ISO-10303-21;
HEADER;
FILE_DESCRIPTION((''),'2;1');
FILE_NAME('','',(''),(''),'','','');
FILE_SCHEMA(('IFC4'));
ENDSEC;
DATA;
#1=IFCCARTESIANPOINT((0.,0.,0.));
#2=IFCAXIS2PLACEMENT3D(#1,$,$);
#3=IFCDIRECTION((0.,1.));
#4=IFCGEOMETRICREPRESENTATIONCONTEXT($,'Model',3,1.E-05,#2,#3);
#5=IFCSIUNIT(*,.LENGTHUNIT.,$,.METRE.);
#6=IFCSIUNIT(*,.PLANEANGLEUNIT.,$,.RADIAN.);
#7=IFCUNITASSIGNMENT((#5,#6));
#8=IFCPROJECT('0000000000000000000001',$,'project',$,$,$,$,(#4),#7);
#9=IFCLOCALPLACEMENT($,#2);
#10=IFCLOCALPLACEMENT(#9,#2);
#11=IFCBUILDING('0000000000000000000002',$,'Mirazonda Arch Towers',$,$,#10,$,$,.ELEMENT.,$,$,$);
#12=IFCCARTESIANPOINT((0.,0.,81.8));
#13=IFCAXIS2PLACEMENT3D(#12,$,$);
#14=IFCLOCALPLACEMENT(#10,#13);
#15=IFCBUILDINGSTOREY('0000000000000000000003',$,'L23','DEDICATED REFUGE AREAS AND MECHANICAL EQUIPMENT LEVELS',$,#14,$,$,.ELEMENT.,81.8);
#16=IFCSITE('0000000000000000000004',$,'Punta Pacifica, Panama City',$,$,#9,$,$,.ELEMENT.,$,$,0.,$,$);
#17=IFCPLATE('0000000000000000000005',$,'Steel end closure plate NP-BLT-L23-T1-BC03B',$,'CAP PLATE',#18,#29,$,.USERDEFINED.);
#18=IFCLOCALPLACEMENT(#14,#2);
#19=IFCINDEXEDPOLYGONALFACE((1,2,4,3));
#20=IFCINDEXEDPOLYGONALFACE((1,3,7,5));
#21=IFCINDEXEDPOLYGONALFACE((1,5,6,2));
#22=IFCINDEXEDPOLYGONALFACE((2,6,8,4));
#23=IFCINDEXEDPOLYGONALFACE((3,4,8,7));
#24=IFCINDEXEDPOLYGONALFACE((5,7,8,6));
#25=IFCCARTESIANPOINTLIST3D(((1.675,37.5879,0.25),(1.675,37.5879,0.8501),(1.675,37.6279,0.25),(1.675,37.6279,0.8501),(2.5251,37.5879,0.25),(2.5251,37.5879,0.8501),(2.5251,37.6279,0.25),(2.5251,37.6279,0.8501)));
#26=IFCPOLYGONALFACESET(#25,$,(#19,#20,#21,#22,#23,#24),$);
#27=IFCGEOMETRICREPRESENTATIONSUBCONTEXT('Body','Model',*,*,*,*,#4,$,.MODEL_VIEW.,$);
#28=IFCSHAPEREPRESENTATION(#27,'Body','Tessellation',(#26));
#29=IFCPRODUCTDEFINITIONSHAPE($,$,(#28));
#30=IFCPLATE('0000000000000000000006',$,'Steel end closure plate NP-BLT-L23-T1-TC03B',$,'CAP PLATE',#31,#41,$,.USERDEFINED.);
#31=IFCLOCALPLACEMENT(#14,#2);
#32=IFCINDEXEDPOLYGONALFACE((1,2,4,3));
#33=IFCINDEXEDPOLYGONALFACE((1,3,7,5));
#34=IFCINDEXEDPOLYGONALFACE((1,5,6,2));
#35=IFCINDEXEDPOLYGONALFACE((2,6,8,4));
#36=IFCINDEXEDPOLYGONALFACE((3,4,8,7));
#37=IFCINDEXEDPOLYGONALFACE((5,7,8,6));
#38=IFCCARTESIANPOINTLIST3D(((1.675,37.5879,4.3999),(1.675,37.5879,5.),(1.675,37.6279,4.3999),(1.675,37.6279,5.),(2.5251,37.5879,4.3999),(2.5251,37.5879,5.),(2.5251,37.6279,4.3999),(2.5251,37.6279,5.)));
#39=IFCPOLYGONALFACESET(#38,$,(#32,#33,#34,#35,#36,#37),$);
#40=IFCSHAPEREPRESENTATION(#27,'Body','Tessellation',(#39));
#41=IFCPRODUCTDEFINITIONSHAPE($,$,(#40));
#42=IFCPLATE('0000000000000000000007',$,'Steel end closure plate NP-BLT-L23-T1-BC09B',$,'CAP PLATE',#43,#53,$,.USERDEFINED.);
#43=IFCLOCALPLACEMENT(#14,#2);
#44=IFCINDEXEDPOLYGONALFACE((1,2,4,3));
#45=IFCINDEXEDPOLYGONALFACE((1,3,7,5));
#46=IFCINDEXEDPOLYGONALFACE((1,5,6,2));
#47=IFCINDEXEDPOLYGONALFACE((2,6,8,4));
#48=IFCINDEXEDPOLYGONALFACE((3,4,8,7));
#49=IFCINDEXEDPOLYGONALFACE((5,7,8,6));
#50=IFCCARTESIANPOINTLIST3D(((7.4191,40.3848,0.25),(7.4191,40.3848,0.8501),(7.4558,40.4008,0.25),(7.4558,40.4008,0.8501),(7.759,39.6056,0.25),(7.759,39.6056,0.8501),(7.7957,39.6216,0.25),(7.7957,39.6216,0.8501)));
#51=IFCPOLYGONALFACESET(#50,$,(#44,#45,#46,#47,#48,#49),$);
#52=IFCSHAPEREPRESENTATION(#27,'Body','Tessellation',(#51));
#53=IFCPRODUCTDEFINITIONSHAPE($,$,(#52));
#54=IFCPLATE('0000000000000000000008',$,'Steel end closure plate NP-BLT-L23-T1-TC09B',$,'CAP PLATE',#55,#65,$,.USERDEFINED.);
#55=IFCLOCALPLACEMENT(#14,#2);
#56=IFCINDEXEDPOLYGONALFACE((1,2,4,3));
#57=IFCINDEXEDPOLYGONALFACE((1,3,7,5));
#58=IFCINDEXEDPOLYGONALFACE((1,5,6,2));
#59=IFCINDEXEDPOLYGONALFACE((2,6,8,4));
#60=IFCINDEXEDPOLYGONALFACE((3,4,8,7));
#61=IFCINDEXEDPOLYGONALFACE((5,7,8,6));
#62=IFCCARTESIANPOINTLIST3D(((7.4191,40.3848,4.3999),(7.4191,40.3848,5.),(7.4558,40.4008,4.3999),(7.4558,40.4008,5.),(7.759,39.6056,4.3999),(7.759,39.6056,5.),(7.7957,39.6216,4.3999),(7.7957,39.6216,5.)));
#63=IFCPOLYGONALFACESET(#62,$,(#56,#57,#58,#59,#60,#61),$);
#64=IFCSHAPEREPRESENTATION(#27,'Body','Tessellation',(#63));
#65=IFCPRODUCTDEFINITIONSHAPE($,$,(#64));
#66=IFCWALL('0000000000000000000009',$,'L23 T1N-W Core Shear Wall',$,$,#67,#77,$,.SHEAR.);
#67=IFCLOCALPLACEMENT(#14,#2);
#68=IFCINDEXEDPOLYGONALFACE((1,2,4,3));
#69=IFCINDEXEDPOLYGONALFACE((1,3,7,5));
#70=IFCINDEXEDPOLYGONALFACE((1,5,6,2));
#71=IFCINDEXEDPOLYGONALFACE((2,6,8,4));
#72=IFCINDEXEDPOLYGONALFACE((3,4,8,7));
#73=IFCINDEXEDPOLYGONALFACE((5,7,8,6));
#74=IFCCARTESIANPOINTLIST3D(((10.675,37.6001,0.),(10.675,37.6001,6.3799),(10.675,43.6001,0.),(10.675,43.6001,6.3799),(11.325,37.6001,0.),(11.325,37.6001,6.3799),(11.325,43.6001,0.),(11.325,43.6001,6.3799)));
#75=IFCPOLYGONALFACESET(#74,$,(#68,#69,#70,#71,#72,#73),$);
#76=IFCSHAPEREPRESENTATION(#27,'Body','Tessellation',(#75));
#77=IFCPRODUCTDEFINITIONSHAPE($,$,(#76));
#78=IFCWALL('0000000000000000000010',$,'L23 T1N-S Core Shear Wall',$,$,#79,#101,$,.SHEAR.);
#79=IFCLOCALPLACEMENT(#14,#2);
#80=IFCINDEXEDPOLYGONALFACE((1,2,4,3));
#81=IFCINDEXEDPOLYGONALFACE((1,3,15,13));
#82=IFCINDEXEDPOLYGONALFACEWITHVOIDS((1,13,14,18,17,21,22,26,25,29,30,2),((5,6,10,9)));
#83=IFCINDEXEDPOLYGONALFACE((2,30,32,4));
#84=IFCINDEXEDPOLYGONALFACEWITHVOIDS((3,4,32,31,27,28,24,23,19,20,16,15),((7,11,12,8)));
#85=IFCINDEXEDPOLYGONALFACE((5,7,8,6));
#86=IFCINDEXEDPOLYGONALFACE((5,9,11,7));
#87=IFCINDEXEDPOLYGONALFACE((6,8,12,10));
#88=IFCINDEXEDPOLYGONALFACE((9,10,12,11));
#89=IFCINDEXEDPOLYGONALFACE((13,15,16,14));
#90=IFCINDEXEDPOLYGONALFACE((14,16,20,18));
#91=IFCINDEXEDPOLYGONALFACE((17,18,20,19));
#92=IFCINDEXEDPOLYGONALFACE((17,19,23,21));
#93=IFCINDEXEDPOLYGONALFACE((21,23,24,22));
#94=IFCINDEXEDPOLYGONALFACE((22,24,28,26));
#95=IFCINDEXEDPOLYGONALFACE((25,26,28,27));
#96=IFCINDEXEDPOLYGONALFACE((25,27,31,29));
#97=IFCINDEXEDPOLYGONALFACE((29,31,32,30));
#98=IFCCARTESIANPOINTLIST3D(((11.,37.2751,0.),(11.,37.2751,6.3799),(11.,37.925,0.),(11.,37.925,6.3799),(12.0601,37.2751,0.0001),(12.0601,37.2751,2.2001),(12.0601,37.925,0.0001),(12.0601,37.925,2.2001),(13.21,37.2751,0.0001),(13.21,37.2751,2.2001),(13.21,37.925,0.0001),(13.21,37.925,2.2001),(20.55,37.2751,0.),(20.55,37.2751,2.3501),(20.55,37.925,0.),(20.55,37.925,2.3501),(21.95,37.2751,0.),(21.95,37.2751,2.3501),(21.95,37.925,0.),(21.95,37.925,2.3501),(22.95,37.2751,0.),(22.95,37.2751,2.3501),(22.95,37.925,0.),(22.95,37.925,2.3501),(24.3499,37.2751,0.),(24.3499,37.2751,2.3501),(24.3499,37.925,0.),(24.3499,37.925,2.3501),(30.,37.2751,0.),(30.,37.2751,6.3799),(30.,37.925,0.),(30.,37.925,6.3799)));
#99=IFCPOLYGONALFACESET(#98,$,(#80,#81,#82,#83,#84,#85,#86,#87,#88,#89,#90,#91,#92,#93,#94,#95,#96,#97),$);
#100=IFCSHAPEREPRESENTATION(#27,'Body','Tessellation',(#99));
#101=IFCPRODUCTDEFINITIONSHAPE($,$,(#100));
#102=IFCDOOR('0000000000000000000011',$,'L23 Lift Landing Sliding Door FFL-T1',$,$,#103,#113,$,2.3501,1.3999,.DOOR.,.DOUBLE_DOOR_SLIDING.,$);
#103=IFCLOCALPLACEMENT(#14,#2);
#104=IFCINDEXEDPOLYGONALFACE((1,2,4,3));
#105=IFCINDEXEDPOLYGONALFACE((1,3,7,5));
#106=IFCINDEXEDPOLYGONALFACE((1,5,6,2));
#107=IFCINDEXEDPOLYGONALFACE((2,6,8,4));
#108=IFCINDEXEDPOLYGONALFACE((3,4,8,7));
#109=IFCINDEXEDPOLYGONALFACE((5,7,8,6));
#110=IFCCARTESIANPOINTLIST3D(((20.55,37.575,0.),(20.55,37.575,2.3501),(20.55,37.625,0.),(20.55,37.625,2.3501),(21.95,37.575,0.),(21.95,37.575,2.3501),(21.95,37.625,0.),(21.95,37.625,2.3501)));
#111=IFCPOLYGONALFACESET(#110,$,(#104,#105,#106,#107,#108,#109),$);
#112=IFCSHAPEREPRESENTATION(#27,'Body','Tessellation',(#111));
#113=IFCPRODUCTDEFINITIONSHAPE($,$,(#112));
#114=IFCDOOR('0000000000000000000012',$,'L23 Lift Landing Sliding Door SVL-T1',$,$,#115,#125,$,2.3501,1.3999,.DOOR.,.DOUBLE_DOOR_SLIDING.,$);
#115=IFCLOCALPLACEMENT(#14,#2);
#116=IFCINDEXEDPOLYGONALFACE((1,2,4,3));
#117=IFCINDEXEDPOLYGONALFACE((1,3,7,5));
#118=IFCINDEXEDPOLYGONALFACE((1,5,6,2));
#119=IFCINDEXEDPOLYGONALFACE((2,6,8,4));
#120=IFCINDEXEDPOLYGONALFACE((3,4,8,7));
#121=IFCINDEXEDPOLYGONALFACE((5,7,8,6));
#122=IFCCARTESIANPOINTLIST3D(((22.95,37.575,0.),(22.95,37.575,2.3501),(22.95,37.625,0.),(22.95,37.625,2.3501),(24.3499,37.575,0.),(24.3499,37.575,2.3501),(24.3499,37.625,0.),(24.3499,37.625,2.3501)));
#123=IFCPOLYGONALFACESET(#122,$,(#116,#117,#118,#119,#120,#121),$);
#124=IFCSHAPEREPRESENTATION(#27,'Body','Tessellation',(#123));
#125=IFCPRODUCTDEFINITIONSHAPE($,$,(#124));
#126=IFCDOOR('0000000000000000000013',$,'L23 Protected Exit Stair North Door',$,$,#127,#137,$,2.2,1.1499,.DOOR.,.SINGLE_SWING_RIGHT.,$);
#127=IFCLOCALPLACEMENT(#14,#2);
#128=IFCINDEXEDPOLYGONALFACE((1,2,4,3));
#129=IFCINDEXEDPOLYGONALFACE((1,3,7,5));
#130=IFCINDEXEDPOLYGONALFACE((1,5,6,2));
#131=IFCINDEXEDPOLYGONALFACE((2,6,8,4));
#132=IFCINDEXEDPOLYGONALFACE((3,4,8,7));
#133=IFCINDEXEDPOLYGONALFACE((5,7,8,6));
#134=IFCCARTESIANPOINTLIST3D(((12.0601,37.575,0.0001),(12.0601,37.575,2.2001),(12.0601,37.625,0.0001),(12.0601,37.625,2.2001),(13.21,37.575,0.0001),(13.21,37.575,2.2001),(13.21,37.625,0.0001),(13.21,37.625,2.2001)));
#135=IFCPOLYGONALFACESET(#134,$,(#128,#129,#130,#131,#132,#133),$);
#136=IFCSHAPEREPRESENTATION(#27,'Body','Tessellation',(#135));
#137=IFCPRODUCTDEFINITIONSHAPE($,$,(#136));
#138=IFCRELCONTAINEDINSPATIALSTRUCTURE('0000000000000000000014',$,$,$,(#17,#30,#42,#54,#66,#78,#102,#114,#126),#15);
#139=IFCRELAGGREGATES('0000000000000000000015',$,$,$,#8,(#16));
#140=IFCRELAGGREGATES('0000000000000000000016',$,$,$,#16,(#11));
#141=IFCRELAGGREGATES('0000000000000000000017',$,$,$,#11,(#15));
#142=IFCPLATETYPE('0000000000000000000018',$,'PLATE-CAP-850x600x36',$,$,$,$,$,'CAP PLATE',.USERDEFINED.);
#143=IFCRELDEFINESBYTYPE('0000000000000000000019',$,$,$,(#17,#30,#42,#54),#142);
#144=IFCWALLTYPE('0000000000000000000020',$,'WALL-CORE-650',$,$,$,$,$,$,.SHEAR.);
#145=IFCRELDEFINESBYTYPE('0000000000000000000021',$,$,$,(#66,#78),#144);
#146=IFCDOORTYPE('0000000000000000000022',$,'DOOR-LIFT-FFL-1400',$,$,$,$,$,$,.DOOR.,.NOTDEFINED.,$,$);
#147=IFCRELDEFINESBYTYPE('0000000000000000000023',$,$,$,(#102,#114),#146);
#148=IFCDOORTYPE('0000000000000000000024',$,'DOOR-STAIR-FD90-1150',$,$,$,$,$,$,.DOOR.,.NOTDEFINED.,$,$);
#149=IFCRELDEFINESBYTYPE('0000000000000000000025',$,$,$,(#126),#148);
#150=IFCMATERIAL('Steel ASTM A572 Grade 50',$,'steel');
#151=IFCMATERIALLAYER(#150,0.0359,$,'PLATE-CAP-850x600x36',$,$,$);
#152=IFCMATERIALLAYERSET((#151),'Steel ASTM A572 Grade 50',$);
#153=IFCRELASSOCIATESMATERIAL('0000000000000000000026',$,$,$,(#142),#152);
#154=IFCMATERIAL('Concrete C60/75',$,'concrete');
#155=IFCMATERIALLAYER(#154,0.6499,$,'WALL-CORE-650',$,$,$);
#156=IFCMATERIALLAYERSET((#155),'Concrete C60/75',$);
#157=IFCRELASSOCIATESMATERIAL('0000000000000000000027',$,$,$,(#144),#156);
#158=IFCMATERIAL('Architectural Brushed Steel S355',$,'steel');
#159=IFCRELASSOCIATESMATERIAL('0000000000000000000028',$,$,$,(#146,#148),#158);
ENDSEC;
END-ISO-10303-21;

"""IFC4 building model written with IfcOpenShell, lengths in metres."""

from ifc_helpers import new_model, si_unit, direction, frame, frame_2d, origin, origin_2d, place, context, subcontext, project, spatial, rectangle, extrude, material, layer, layer_set, type_object, element, fill, save


model = new_model("IFC4")

# Units and contexts
model_context = context("Model", 3, precision=1e-05, world=origin(), true_north=direction((0.0, 1.0)))
body_context = subcontext(model_context, "Body", "Model", "MODEL_VIEW")
ifc_project = project(units=[si_unit("LENGTHUNIT", "METRE"), si_unit("PLANEANGLEUNIT", "RADIAN")], contexts=[model_context])

# Site, building, storey
site_placement = place(None, origin())
site = spatial("IfcSite", under=ifc_project, at=site_placement, Name="Punta Pacifica, Panama City", CompositionType="ELEMENT", RefElevation=0.0)
building_placement = place(site_placement, origin())
building = spatial("IfcBuilding", under=site, at=building_placement, Name="Mirazonda Arch Towers", CompositionType="ELEMENT")
storey_placement = place(building_placement, frame((0.0, 0.0, 81.8)))
storey = spatial("IfcBuildingStorey", under=building, at=storey_placement, Name="L23", Description="DEDICATED REFUGE AREAS AND MECHANICAL EQUIPMENT LEVELS", CompositionType="ELEMENT", Elevation=81.8)

# Shared definitions
ifc_material_1 = material(Name="Concrete C60/75", Category="concrete")

# Shared definitions
ifc_material_2 = material(Name="Steel ASTM A572 Grade 50", Category="steel")

# Plates
ifc_layer_1 = layer(ifc_material_2, 0.0359, Name="PLATE-CAP-850x600x36")
ifc_layer_set_1 = layer_set([ifc_layer_1], Name="Steel ASTM A572 Grade 50")
plate_type_1 = type_object("IfcPlateType", Name="PLATE-CAP-850x600x36", ElementType="CAP PLATE", PredefinedType="USERDEFINED", material=ifc_layer_set_1)
for number, where, z_axis, x_axis, name in (
    (1, (2.1001, 37.6079, 0.25), (0.0, 0.0, 1.0), (0.0, 1.0, 0.0), "Steel end closure plate NP-BLT-L23-T1-BC03B"),
    (2, (2.1001, 37.6079, 4.3999), (0.0, 0.0, 1.0), (0.0, 1.0, 0.0), "Steel end closure plate NP-BLT-L23-T1-TC03B"),
    (3, (7.6074, 40.0032, 0.25), (0.0, 0.0, 1.0), (0.916572, 0.399869, 0.0), "Steel end closure plate NP-BLT-L23-T1-BC09B"),
    (4, (7.6074, 40.0032, 4.3999), (0.0, 0.0, 1.0), (0.916572, 0.399869, 0.0), "Steel end closure plate NP-BLT-L23-T1-TC09B"),
):
    element("IfcPlate", number, at=place(storey_placement, frame(where, z_axis=z_axis, x_axis=x_axis)), inside=storey, type_object=plate_type_1, Name=name, ObjectType="CAP PLATE", PredefinedType="USERDEFINED", context=body_context, shape_type="SweptSolid", body=[
        extrude(rectangle(XDim=0.04, YDim=0.8501, at=origin_2d()), origin(), (0.0, 0.0, 1.0), 0.6001),
    ])

# Wall
ifc_layer_2 = layer(ifc_material_1, 0.6499, Name="WALL-CORE-650")
ifc_layer_set_2 = layer_set([ifc_layer_2], Name="Concrete C60/75")
wall_type = type_object("IfcWallType", Name="WALL-CORE-650", PredefinedType="SHEAR", material=ifc_layer_set_2)
wall_1_placement = place(storey_placement, frame((11.0, 37.6001, 0.0), z_axis=(0.0, 0.0, 1.0), x_axis=(0.0, 1.0, 0.0)))
element("IfcWall", 5, at=wall_1_placement, inside=storey, type_object=wall_type, Name="L23 T1N-W Core Shear Wall", PredefinedType="SHEAR", context=body_context, shape_type="SweptSolid", body=[
    extrude(rectangle(XDim=6.0, YDim=0.6499, at=frame_2d((3.0, 0.0))), origin(), (0.0, 0.0, 1.0), 6.3799),
])

# Wall, openings, doors
wall_2_placement = place(storey_placement, frame((11.0, 37.6001, 0.0), z_axis=(0.0, 0.0, 1.0), x_axis=(1.0, 0.0, 0.0)))
wall_2 = element("IfcWall", 6, at=wall_2_placement, inside=storey, type_object=wall_type, Name="L23 T1N-S Core Shear Wall", PredefinedType="SHEAR", context=body_context, shape_type="SweptSolid", body=[
    extrude(rectangle(XDim=19.0, YDim=0.6499, at=frame_2d((9.5, 0.0))), origin(), (0.0, 0.0, 1.0), 6.3799),
])
opening_1_placement = place(wall_2_placement, frame((1.0601, 0.0, 0.0)))
opening_1 = element("IfcOpeningElement", 7, at=opening_1_placement, cuts=wall_2, PredefinedType="OPENING", context=body_context, shape_type="SweptSolid", body=[
    extrude(rectangle(XDim=1.1499, YDim=2.2, at=frame_2d((0.575, 1.1001))), frame((0.0, 0.335, 0.0), z_axis=(0.0, -1.0, 0.0), x_axis=(1.0, 0.0, 0.0)), (0.0, 0.0, 1.0), 0.6699),
])
opening_2_placement = place(wall_2_placement, frame((9.55, 0.0, 0.0)))
opening_2 = element("IfcOpeningElement", 8, at=opening_2_placement, cuts=wall_2, PredefinedType="OPENING", context=body_context, shape_type="SweptSolid", body=[
    extrude(rectangle(XDim=1.3999, YDim=2.3501, at=frame_2d((0.7, 1.175))), frame((0.0, 0.335, 0.0), z_axis=(0.0, -1.0, 0.0), x_axis=(1.0, 0.0, 0.0)), (0.0, 0.0, 1.0), 0.6699),
])
opening_3_placement = place(wall_2_placement, frame((11.95, 0.0, 0.0)))
opening_3 = element("IfcOpeningElement", 9, at=opening_3_placement, cuts=wall_2, PredefinedType="OPENING", context=body_context, shape_type="SweptSolid", body=[
    extrude(rectangle(XDim=1.3999, YDim=2.3501, at=frame_2d((0.7, 1.175))), frame((0.0, 0.335, 0.0), z_axis=(0.0, -1.0, 0.0), x_axis=(1.0, 0.0, 0.0)), (0.0, 0.0, 1.0), 0.6699),
])
ifc_material_3 = material(Name="Architectural Brushed Steel S355", Category="steel")
door_type_1 = type_object("IfcDoorType", Name="DOOR-LIFT-FFL-1400", OperationType="NOTDEFINED", PredefinedType="DOOR", material=ifc_material_3)
door_1_placement = place(opening_2_placement, origin())
door_1 = element("IfcDoor", 10, at=door_1_placement, inside=storey, type_object=door_type_1, Name="L23 Lift Landing Sliding Door FFL-T1", OperationType="DOUBLE_DOOR_SLIDING", OverallHeight=2.3501, OverallWidth=1.3999, PredefinedType="DOOR", context=body_context, shape_type="SweptSolid", body=[
    extrude(rectangle(XDim=1.3999, YDim=2.3501, at=frame_2d((0.7, 1.175))), frame((0.0, 0.0249, 0.0), z_axis=(0.0, -1.0, 0.0), x_axis=(1.0, 0.0, 0.0)), (0.0, 0.0, 1.0), 0.05),
])
fill(opening_2, door_1)
door_2_placement = place(opening_3_placement, origin())
door_2 = element("IfcDoor", 11, at=door_2_placement, inside=storey, type_object=door_type_1, Name="L23 Lift Landing Sliding Door SVL-T1", OperationType="DOUBLE_DOOR_SLIDING", OverallHeight=2.3501, OverallWidth=1.3999, PredefinedType="DOOR", context=body_context, shape_type="SweptSolid", body=[
    extrude(rectangle(XDim=1.3999, YDim=2.3501, at=frame_2d((0.7, 1.175))), frame((0.0, 0.0249, 0.0), z_axis=(0.0, -1.0, 0.0), x_axis=(1.0, 0.0, 0.0)), (0.0, 0.0, 1.0), 0.05),
])
fill(opening_3, door_2)
door_type_2 = type_object("IfcDoorType", Name="DOOR-STAIR-FD90-1150", OperationType="NOTDEFINED", PredefinedType="DOOR", material=ifc_material_3)
door_3_placement = place(opening_1_placement, origin())
door_3 = element("IfcDoor", 12, at=door_3_placement, inside=storey, type_object=door_type_2, Name="L23 Protected Exit Stair North Door", OperationType="SINGLE_SWING_RIGHT", OverallHeight=2.2, OverallWidth=1.1499, PredefinedType="DOOR", context=body_context, shape_type="SweptSolid", body=[
    extrude(rectangle(XDim=1.1499, YDim=2.2, at=frame_2d((0.575, 1.1001))), frame((0.0, 0.0249, 0.0), z_axis=(0.0, -1.0, 0.0), x_axis=(1.0, 0.0, 0.0)), (0.0, 0.0, 1.0), 0.05),
])
fill(opening_1, door_3)

save(model, "model.ifc")
